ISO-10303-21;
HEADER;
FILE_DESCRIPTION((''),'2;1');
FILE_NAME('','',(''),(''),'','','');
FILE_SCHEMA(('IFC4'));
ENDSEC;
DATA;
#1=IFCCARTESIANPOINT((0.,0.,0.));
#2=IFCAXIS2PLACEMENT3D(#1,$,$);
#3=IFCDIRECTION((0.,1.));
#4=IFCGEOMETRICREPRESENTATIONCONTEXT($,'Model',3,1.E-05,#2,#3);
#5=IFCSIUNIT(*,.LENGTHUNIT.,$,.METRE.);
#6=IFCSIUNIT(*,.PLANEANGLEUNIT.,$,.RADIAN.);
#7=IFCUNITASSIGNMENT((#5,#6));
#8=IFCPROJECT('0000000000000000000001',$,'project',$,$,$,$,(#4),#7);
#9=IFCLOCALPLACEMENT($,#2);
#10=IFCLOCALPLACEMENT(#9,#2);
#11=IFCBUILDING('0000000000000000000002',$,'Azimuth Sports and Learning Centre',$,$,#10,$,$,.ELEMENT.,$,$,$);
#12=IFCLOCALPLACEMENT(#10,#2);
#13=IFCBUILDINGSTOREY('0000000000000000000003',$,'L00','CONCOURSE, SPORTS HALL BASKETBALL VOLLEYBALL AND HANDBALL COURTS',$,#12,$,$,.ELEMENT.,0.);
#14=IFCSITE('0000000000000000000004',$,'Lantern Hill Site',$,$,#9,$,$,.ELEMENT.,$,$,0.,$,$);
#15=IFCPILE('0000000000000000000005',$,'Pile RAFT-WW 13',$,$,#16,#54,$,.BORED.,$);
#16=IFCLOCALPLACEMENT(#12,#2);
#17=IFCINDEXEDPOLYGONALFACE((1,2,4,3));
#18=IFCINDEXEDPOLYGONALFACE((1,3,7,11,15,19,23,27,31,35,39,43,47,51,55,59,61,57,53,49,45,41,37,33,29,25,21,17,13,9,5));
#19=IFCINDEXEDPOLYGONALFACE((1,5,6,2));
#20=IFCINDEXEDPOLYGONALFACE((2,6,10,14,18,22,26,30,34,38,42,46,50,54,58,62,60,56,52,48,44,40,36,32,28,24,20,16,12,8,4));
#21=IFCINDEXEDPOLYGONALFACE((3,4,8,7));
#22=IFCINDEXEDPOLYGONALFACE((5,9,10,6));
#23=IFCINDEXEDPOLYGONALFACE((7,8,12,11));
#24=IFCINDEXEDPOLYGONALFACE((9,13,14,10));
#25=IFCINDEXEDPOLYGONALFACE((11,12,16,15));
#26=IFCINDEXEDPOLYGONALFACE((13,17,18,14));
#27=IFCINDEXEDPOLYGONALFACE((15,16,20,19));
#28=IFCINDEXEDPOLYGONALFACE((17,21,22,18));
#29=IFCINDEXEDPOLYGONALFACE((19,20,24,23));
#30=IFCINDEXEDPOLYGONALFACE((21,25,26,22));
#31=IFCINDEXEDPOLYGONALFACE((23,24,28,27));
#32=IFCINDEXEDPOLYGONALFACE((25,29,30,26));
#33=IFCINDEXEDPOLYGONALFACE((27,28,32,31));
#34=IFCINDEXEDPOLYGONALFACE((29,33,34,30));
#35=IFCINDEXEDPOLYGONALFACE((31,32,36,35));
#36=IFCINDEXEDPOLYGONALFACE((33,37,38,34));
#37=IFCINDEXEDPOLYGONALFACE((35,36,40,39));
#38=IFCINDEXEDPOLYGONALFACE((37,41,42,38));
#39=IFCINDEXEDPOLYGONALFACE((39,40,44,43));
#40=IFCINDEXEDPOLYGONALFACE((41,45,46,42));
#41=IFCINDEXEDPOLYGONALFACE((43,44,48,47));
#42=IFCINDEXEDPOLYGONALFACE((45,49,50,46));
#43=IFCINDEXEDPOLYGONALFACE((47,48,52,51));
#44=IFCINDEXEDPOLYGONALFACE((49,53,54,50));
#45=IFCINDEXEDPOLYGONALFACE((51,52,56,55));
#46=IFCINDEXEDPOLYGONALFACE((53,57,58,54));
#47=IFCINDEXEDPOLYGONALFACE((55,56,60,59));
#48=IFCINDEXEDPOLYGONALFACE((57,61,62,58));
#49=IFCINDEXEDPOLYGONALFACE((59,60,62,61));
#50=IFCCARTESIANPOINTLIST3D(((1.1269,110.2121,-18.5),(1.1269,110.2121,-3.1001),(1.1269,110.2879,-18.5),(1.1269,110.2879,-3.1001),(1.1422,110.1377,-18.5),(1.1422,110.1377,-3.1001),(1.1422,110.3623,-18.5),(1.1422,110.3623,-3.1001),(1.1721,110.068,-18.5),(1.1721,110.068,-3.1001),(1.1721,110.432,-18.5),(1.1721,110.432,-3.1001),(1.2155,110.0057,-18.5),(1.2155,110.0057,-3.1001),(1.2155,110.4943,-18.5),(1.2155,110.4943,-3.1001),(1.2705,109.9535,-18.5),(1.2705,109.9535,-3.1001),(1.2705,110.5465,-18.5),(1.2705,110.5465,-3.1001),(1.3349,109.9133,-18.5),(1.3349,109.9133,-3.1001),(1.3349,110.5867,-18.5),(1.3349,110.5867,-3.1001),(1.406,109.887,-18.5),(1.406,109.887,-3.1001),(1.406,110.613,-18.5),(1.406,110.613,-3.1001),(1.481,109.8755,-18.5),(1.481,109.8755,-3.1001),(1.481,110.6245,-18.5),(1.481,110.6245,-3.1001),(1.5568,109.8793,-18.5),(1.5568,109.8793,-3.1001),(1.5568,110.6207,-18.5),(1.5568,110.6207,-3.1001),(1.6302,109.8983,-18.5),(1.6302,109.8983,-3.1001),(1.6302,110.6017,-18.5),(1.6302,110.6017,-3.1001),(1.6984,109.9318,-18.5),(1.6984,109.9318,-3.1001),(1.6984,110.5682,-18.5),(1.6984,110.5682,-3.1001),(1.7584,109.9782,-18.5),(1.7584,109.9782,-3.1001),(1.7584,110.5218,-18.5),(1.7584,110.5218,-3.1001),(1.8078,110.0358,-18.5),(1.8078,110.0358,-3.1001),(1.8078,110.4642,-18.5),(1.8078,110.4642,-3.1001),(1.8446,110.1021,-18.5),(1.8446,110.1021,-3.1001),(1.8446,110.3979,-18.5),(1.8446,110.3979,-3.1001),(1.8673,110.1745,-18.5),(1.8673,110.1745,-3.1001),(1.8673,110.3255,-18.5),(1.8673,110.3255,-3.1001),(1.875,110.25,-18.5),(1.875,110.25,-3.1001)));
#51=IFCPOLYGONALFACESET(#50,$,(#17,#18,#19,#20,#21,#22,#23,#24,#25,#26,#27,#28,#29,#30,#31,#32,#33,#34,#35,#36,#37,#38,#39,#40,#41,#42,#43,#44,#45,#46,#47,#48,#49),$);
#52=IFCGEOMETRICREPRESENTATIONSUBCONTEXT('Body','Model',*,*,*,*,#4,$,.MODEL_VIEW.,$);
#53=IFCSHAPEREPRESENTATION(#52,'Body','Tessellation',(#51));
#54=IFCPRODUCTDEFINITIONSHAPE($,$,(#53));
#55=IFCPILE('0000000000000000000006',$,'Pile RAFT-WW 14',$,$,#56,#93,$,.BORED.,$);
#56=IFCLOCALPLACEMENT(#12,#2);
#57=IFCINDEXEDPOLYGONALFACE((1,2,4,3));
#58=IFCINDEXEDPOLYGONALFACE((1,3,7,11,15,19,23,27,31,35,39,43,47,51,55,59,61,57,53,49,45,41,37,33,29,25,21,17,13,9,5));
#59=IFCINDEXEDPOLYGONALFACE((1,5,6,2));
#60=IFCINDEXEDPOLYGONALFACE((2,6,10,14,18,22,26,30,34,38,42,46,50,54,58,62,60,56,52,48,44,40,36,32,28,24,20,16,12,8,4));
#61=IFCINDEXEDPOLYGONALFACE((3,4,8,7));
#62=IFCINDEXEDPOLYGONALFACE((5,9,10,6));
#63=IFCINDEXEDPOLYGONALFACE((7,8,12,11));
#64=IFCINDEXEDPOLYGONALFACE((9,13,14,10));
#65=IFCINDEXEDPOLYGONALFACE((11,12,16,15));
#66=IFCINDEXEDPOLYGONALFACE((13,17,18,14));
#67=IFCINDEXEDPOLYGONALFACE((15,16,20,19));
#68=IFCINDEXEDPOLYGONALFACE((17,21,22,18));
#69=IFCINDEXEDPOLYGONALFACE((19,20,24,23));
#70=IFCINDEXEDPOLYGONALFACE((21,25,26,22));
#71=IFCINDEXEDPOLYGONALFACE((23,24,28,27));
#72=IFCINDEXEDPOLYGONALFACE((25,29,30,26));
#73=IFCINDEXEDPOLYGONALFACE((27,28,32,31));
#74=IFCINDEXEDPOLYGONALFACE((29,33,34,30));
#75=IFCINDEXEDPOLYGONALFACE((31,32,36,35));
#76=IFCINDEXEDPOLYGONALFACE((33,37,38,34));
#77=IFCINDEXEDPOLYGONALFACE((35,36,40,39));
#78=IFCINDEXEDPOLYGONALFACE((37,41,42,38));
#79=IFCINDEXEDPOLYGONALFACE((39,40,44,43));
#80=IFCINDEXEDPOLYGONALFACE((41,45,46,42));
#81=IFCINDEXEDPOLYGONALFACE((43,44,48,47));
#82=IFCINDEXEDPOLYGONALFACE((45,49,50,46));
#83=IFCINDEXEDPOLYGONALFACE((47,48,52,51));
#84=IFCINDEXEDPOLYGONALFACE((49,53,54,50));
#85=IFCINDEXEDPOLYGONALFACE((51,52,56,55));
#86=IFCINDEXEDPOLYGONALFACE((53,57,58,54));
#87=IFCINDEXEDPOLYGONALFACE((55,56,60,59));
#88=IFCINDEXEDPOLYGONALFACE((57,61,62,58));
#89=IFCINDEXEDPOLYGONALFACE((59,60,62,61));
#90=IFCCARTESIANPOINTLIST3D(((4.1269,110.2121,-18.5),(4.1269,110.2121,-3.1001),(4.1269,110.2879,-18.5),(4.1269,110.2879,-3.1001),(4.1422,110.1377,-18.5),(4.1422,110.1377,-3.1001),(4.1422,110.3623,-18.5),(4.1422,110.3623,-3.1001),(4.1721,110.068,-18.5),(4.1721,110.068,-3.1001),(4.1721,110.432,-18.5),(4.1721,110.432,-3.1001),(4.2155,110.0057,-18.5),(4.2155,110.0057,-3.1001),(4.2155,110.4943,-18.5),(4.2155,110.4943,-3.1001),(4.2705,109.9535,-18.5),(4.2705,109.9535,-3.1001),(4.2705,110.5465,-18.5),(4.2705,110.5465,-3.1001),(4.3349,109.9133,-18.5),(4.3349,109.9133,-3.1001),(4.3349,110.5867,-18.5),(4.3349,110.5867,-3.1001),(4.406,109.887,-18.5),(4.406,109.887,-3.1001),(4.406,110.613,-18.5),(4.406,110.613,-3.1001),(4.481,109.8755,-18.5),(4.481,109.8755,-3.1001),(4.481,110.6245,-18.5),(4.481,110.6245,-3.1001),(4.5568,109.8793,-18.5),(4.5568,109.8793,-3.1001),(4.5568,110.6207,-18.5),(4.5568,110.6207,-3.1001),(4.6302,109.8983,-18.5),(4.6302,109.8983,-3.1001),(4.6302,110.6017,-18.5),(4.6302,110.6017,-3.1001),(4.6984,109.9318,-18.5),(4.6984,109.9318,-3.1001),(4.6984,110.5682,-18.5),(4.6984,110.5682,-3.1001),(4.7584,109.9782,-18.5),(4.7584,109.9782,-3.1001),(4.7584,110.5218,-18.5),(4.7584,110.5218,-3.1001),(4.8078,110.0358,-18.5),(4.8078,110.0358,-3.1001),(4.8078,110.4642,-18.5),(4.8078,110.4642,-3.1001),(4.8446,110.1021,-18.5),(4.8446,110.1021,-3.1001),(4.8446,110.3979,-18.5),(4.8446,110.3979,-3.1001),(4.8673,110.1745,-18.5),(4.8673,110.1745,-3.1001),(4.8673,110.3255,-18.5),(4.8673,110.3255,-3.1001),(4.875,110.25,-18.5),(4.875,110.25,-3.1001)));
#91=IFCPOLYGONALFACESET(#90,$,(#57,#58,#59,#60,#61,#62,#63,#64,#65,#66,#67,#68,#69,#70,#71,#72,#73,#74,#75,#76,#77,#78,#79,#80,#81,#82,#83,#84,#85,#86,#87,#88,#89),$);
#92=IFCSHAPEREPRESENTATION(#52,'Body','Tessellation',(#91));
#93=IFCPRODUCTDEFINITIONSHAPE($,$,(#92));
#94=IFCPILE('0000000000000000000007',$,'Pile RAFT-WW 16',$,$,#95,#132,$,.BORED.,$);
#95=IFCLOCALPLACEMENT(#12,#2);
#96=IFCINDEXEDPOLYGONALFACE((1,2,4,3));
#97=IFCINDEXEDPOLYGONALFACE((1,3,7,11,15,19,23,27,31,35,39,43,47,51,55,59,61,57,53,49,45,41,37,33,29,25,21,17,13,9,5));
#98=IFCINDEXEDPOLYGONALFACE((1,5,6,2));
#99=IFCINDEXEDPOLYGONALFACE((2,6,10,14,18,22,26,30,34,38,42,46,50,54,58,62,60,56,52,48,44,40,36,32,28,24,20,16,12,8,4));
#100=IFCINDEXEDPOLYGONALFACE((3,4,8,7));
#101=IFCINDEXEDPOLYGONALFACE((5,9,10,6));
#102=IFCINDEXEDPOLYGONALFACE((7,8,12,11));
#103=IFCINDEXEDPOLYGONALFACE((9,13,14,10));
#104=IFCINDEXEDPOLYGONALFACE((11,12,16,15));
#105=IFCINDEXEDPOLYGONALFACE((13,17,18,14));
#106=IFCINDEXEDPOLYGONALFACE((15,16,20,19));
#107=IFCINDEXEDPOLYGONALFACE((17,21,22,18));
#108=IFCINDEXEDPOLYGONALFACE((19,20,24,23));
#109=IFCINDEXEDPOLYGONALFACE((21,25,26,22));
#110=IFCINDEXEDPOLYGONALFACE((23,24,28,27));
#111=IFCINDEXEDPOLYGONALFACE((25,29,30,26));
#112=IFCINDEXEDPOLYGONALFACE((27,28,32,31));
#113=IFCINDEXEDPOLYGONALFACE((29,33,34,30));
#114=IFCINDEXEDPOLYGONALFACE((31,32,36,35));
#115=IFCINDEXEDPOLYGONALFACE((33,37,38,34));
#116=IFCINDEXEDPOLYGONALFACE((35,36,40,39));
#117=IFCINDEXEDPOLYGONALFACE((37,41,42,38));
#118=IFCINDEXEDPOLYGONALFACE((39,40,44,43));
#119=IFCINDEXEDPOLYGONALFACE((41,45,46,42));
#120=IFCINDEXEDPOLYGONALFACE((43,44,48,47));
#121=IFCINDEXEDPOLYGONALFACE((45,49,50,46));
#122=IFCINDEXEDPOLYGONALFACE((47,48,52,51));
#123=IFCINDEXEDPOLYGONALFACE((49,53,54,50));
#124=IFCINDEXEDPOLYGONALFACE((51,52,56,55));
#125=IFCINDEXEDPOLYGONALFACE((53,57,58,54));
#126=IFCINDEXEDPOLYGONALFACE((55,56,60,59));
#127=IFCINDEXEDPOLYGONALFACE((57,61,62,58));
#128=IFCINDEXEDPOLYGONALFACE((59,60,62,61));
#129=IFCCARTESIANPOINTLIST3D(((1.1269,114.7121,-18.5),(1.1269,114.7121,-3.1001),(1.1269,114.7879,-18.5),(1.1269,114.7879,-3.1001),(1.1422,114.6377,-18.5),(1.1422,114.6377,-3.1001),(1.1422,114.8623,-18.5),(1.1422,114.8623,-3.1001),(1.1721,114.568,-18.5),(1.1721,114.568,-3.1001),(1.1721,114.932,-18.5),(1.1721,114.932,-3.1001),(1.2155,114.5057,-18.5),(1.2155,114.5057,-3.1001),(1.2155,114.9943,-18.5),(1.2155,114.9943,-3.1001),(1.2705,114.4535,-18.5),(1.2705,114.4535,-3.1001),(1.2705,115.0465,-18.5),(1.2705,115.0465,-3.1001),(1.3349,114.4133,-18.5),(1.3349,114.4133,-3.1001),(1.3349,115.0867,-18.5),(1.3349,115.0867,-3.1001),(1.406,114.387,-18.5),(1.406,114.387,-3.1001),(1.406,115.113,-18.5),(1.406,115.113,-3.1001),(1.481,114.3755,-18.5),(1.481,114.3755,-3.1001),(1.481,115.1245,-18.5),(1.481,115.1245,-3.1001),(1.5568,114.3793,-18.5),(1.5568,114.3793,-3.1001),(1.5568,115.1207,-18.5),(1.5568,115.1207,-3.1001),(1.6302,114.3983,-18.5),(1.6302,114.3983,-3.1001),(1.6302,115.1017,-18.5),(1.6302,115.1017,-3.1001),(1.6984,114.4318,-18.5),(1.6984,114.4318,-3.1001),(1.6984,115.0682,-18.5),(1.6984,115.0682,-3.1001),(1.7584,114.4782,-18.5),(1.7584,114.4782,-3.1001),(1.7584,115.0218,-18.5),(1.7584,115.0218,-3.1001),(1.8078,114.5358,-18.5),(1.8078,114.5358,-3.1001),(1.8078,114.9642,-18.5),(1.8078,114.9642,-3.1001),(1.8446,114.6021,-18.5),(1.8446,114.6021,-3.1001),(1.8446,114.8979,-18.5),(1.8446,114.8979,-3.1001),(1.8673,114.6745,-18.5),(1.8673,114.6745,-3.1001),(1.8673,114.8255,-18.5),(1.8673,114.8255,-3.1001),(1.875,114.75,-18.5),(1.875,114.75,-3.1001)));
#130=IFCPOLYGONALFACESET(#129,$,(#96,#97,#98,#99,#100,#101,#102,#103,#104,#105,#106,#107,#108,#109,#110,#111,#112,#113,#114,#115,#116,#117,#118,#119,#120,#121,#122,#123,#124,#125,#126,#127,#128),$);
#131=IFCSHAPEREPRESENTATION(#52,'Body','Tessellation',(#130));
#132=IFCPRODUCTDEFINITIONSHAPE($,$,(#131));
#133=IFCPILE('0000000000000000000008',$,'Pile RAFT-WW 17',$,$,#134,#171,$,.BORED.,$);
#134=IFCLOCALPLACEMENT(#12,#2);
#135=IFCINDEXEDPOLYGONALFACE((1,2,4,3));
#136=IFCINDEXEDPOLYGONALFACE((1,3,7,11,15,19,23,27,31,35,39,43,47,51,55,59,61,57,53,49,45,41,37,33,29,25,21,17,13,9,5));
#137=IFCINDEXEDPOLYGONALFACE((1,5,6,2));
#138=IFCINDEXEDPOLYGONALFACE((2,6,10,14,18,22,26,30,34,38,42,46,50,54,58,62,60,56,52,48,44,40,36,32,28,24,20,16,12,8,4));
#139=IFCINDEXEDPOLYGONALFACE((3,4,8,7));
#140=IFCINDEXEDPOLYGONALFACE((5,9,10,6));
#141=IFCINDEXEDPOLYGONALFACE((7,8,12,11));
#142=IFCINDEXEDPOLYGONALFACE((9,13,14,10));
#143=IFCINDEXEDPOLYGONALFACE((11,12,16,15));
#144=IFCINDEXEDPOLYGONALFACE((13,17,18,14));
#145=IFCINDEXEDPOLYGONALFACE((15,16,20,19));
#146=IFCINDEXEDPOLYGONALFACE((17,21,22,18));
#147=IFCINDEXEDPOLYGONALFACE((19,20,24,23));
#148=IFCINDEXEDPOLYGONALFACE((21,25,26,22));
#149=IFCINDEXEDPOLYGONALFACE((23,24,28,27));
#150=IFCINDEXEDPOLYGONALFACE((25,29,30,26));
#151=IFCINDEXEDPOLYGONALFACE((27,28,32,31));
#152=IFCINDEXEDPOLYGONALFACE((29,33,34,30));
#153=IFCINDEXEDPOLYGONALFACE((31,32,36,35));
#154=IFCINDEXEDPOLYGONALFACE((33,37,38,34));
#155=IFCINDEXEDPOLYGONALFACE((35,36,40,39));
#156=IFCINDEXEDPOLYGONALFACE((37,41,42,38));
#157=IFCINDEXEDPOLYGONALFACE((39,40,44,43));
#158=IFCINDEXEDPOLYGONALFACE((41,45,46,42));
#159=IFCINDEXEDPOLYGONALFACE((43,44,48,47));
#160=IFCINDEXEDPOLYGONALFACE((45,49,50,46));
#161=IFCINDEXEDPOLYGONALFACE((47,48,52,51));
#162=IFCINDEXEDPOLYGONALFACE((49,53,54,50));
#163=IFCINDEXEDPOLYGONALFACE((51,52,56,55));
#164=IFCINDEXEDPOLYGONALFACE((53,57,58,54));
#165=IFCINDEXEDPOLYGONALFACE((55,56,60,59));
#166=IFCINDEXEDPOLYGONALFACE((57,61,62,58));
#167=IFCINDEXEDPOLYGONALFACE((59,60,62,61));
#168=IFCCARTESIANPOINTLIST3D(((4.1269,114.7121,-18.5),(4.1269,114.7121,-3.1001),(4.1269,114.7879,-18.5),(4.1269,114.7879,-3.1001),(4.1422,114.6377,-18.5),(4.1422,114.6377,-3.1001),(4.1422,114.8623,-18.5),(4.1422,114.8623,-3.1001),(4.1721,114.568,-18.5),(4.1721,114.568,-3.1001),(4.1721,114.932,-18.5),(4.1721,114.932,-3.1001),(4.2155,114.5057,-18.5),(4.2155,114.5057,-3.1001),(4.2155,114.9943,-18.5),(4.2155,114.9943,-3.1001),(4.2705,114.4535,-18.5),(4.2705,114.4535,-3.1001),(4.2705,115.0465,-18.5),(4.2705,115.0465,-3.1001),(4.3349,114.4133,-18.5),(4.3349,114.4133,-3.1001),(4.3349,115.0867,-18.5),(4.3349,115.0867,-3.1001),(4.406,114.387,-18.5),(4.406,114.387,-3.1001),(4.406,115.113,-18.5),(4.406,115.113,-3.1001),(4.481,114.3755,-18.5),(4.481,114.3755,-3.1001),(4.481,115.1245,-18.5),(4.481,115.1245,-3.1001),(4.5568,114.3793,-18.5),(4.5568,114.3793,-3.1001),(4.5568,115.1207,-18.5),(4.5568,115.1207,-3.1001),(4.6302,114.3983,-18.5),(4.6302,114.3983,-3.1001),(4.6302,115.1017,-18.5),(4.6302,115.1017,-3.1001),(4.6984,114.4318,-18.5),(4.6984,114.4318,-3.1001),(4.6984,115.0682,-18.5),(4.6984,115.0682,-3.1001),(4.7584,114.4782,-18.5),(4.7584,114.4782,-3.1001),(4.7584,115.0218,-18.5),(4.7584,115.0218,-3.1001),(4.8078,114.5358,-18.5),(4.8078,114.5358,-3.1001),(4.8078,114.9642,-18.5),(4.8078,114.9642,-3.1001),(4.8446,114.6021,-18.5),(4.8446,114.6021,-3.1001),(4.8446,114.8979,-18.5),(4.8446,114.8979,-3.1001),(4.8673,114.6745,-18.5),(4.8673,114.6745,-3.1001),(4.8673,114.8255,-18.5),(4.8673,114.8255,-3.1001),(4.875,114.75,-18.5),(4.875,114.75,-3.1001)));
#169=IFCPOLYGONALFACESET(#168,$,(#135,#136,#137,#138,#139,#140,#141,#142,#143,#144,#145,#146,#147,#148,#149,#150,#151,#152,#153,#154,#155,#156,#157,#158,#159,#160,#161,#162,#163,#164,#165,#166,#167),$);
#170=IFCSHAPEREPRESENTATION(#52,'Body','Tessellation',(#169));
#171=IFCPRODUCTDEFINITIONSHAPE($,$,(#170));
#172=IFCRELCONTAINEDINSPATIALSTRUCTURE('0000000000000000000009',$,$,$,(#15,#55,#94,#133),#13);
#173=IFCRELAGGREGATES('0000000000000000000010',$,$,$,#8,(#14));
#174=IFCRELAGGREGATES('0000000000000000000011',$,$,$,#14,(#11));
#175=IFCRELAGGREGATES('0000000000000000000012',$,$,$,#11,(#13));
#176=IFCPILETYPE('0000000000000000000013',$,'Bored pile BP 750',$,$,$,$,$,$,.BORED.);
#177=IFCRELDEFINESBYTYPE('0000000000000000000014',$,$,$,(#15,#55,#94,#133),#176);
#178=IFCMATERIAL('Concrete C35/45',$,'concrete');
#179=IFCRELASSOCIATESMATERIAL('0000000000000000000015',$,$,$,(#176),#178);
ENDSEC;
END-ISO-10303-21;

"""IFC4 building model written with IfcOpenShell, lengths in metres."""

from ifc_helpers import new_model, si_unit, direction, frame, origin, origin_2d, place, context, subcontext, project, spatial, circle, extrude, material, material_profile, profile_set, type_object, element, save


model = new_model("IFC4")

# Units and contexts
model_context = context("Model", 3, precision=1e-05, world=origin(), true_north=direction((0.0, 1.0)))
body_context = subcontext(model_context, "Body", "Model", "MODEL_VIEW")
ifc_project = project(units=[si_unit("LENGTHUNIT", "METRE"), si_unit("PLANEANGLEUNIT", "RADIAN")], contexts=[model_context])

# Site, building, storey
site_placement = place(None, origin())
site = spatial("IfcSite", under=ifc_project, at=site_placement, Name="Lantern Hill Site", CompositionType="ELEMENT", RefElevation=0.0)
building_placement = place(site_placement, origin())
building = spatial("IfcBuilding", under=site, at=building_placement, Name="Azimuth Sports and Learning Centre", CompositionType="ELEMENT")
storey_placement = place(building_placement, origin())
storey = spatial("IfcBuildingStorey", under=building, at=storey_placement, Name="L00", Description="CONCOURSE, SPORTS HALL BASKETBALL VOLLEYBALL AND HANDBALL COURTS", CompositionType="ELEMENT", Elevation=0.0)

# Piles
ifc_material_1 = material(Name="Concrete C35/45", Category="concrete")
ifc_material_profile_1 = material_profile(ifc_material_1, circle(Radius=0.375, at=origin_2d()), Name="BP 750")
ifc_profile_set_1 = profile_set([ifc_material_profile_1], Name="Concrete C35/45")
pile_type = type_object("IfcPileType", Name="Bored pile BP 750", PredefinedType="BORED", material=ifc_profile_set_1)
for number, where, z_axis, x_axis, name in (
    (1, (1.5, 110.25, -3.1001), (0.0, 0.0, -1.0), (1.0, 0.0, 0.0), "Pile RAFT-WW 13"),
    (2, (4.5, 110.25, -3.1001), (0.0, 0.0, -1.0), (1.0, 0.0, 0.0), "Pile RAFT-WW 14"),
    (3, (1.5, 114.75, -3.1001), (0.0, 0.0, -1.0), (1.0, 0.0, 0.0), "Pile RAFT-WW 16"),
    (4, (4.5, 114.75, -3.1001), (0.0, 0.0, -1.0), (1.0, 0.0, 0.0), "Pile RAFT-WW 17"),
):
    element("IfcPile", number, at=place(storey_placement, frame(where, z_axis=z_axis, x_axis=x_axis)), inside=storey, type_object=pile_type, Name=name, PredefinedType="BORED", context=body_context, shape_type="SweptSolid", body=[
        extrude(circle(Radius=0.375, at=origin_2d()), origin(), (0.0, 0.0, 1.0), 15.3999),
    ])

save(model, "model.ifc")
